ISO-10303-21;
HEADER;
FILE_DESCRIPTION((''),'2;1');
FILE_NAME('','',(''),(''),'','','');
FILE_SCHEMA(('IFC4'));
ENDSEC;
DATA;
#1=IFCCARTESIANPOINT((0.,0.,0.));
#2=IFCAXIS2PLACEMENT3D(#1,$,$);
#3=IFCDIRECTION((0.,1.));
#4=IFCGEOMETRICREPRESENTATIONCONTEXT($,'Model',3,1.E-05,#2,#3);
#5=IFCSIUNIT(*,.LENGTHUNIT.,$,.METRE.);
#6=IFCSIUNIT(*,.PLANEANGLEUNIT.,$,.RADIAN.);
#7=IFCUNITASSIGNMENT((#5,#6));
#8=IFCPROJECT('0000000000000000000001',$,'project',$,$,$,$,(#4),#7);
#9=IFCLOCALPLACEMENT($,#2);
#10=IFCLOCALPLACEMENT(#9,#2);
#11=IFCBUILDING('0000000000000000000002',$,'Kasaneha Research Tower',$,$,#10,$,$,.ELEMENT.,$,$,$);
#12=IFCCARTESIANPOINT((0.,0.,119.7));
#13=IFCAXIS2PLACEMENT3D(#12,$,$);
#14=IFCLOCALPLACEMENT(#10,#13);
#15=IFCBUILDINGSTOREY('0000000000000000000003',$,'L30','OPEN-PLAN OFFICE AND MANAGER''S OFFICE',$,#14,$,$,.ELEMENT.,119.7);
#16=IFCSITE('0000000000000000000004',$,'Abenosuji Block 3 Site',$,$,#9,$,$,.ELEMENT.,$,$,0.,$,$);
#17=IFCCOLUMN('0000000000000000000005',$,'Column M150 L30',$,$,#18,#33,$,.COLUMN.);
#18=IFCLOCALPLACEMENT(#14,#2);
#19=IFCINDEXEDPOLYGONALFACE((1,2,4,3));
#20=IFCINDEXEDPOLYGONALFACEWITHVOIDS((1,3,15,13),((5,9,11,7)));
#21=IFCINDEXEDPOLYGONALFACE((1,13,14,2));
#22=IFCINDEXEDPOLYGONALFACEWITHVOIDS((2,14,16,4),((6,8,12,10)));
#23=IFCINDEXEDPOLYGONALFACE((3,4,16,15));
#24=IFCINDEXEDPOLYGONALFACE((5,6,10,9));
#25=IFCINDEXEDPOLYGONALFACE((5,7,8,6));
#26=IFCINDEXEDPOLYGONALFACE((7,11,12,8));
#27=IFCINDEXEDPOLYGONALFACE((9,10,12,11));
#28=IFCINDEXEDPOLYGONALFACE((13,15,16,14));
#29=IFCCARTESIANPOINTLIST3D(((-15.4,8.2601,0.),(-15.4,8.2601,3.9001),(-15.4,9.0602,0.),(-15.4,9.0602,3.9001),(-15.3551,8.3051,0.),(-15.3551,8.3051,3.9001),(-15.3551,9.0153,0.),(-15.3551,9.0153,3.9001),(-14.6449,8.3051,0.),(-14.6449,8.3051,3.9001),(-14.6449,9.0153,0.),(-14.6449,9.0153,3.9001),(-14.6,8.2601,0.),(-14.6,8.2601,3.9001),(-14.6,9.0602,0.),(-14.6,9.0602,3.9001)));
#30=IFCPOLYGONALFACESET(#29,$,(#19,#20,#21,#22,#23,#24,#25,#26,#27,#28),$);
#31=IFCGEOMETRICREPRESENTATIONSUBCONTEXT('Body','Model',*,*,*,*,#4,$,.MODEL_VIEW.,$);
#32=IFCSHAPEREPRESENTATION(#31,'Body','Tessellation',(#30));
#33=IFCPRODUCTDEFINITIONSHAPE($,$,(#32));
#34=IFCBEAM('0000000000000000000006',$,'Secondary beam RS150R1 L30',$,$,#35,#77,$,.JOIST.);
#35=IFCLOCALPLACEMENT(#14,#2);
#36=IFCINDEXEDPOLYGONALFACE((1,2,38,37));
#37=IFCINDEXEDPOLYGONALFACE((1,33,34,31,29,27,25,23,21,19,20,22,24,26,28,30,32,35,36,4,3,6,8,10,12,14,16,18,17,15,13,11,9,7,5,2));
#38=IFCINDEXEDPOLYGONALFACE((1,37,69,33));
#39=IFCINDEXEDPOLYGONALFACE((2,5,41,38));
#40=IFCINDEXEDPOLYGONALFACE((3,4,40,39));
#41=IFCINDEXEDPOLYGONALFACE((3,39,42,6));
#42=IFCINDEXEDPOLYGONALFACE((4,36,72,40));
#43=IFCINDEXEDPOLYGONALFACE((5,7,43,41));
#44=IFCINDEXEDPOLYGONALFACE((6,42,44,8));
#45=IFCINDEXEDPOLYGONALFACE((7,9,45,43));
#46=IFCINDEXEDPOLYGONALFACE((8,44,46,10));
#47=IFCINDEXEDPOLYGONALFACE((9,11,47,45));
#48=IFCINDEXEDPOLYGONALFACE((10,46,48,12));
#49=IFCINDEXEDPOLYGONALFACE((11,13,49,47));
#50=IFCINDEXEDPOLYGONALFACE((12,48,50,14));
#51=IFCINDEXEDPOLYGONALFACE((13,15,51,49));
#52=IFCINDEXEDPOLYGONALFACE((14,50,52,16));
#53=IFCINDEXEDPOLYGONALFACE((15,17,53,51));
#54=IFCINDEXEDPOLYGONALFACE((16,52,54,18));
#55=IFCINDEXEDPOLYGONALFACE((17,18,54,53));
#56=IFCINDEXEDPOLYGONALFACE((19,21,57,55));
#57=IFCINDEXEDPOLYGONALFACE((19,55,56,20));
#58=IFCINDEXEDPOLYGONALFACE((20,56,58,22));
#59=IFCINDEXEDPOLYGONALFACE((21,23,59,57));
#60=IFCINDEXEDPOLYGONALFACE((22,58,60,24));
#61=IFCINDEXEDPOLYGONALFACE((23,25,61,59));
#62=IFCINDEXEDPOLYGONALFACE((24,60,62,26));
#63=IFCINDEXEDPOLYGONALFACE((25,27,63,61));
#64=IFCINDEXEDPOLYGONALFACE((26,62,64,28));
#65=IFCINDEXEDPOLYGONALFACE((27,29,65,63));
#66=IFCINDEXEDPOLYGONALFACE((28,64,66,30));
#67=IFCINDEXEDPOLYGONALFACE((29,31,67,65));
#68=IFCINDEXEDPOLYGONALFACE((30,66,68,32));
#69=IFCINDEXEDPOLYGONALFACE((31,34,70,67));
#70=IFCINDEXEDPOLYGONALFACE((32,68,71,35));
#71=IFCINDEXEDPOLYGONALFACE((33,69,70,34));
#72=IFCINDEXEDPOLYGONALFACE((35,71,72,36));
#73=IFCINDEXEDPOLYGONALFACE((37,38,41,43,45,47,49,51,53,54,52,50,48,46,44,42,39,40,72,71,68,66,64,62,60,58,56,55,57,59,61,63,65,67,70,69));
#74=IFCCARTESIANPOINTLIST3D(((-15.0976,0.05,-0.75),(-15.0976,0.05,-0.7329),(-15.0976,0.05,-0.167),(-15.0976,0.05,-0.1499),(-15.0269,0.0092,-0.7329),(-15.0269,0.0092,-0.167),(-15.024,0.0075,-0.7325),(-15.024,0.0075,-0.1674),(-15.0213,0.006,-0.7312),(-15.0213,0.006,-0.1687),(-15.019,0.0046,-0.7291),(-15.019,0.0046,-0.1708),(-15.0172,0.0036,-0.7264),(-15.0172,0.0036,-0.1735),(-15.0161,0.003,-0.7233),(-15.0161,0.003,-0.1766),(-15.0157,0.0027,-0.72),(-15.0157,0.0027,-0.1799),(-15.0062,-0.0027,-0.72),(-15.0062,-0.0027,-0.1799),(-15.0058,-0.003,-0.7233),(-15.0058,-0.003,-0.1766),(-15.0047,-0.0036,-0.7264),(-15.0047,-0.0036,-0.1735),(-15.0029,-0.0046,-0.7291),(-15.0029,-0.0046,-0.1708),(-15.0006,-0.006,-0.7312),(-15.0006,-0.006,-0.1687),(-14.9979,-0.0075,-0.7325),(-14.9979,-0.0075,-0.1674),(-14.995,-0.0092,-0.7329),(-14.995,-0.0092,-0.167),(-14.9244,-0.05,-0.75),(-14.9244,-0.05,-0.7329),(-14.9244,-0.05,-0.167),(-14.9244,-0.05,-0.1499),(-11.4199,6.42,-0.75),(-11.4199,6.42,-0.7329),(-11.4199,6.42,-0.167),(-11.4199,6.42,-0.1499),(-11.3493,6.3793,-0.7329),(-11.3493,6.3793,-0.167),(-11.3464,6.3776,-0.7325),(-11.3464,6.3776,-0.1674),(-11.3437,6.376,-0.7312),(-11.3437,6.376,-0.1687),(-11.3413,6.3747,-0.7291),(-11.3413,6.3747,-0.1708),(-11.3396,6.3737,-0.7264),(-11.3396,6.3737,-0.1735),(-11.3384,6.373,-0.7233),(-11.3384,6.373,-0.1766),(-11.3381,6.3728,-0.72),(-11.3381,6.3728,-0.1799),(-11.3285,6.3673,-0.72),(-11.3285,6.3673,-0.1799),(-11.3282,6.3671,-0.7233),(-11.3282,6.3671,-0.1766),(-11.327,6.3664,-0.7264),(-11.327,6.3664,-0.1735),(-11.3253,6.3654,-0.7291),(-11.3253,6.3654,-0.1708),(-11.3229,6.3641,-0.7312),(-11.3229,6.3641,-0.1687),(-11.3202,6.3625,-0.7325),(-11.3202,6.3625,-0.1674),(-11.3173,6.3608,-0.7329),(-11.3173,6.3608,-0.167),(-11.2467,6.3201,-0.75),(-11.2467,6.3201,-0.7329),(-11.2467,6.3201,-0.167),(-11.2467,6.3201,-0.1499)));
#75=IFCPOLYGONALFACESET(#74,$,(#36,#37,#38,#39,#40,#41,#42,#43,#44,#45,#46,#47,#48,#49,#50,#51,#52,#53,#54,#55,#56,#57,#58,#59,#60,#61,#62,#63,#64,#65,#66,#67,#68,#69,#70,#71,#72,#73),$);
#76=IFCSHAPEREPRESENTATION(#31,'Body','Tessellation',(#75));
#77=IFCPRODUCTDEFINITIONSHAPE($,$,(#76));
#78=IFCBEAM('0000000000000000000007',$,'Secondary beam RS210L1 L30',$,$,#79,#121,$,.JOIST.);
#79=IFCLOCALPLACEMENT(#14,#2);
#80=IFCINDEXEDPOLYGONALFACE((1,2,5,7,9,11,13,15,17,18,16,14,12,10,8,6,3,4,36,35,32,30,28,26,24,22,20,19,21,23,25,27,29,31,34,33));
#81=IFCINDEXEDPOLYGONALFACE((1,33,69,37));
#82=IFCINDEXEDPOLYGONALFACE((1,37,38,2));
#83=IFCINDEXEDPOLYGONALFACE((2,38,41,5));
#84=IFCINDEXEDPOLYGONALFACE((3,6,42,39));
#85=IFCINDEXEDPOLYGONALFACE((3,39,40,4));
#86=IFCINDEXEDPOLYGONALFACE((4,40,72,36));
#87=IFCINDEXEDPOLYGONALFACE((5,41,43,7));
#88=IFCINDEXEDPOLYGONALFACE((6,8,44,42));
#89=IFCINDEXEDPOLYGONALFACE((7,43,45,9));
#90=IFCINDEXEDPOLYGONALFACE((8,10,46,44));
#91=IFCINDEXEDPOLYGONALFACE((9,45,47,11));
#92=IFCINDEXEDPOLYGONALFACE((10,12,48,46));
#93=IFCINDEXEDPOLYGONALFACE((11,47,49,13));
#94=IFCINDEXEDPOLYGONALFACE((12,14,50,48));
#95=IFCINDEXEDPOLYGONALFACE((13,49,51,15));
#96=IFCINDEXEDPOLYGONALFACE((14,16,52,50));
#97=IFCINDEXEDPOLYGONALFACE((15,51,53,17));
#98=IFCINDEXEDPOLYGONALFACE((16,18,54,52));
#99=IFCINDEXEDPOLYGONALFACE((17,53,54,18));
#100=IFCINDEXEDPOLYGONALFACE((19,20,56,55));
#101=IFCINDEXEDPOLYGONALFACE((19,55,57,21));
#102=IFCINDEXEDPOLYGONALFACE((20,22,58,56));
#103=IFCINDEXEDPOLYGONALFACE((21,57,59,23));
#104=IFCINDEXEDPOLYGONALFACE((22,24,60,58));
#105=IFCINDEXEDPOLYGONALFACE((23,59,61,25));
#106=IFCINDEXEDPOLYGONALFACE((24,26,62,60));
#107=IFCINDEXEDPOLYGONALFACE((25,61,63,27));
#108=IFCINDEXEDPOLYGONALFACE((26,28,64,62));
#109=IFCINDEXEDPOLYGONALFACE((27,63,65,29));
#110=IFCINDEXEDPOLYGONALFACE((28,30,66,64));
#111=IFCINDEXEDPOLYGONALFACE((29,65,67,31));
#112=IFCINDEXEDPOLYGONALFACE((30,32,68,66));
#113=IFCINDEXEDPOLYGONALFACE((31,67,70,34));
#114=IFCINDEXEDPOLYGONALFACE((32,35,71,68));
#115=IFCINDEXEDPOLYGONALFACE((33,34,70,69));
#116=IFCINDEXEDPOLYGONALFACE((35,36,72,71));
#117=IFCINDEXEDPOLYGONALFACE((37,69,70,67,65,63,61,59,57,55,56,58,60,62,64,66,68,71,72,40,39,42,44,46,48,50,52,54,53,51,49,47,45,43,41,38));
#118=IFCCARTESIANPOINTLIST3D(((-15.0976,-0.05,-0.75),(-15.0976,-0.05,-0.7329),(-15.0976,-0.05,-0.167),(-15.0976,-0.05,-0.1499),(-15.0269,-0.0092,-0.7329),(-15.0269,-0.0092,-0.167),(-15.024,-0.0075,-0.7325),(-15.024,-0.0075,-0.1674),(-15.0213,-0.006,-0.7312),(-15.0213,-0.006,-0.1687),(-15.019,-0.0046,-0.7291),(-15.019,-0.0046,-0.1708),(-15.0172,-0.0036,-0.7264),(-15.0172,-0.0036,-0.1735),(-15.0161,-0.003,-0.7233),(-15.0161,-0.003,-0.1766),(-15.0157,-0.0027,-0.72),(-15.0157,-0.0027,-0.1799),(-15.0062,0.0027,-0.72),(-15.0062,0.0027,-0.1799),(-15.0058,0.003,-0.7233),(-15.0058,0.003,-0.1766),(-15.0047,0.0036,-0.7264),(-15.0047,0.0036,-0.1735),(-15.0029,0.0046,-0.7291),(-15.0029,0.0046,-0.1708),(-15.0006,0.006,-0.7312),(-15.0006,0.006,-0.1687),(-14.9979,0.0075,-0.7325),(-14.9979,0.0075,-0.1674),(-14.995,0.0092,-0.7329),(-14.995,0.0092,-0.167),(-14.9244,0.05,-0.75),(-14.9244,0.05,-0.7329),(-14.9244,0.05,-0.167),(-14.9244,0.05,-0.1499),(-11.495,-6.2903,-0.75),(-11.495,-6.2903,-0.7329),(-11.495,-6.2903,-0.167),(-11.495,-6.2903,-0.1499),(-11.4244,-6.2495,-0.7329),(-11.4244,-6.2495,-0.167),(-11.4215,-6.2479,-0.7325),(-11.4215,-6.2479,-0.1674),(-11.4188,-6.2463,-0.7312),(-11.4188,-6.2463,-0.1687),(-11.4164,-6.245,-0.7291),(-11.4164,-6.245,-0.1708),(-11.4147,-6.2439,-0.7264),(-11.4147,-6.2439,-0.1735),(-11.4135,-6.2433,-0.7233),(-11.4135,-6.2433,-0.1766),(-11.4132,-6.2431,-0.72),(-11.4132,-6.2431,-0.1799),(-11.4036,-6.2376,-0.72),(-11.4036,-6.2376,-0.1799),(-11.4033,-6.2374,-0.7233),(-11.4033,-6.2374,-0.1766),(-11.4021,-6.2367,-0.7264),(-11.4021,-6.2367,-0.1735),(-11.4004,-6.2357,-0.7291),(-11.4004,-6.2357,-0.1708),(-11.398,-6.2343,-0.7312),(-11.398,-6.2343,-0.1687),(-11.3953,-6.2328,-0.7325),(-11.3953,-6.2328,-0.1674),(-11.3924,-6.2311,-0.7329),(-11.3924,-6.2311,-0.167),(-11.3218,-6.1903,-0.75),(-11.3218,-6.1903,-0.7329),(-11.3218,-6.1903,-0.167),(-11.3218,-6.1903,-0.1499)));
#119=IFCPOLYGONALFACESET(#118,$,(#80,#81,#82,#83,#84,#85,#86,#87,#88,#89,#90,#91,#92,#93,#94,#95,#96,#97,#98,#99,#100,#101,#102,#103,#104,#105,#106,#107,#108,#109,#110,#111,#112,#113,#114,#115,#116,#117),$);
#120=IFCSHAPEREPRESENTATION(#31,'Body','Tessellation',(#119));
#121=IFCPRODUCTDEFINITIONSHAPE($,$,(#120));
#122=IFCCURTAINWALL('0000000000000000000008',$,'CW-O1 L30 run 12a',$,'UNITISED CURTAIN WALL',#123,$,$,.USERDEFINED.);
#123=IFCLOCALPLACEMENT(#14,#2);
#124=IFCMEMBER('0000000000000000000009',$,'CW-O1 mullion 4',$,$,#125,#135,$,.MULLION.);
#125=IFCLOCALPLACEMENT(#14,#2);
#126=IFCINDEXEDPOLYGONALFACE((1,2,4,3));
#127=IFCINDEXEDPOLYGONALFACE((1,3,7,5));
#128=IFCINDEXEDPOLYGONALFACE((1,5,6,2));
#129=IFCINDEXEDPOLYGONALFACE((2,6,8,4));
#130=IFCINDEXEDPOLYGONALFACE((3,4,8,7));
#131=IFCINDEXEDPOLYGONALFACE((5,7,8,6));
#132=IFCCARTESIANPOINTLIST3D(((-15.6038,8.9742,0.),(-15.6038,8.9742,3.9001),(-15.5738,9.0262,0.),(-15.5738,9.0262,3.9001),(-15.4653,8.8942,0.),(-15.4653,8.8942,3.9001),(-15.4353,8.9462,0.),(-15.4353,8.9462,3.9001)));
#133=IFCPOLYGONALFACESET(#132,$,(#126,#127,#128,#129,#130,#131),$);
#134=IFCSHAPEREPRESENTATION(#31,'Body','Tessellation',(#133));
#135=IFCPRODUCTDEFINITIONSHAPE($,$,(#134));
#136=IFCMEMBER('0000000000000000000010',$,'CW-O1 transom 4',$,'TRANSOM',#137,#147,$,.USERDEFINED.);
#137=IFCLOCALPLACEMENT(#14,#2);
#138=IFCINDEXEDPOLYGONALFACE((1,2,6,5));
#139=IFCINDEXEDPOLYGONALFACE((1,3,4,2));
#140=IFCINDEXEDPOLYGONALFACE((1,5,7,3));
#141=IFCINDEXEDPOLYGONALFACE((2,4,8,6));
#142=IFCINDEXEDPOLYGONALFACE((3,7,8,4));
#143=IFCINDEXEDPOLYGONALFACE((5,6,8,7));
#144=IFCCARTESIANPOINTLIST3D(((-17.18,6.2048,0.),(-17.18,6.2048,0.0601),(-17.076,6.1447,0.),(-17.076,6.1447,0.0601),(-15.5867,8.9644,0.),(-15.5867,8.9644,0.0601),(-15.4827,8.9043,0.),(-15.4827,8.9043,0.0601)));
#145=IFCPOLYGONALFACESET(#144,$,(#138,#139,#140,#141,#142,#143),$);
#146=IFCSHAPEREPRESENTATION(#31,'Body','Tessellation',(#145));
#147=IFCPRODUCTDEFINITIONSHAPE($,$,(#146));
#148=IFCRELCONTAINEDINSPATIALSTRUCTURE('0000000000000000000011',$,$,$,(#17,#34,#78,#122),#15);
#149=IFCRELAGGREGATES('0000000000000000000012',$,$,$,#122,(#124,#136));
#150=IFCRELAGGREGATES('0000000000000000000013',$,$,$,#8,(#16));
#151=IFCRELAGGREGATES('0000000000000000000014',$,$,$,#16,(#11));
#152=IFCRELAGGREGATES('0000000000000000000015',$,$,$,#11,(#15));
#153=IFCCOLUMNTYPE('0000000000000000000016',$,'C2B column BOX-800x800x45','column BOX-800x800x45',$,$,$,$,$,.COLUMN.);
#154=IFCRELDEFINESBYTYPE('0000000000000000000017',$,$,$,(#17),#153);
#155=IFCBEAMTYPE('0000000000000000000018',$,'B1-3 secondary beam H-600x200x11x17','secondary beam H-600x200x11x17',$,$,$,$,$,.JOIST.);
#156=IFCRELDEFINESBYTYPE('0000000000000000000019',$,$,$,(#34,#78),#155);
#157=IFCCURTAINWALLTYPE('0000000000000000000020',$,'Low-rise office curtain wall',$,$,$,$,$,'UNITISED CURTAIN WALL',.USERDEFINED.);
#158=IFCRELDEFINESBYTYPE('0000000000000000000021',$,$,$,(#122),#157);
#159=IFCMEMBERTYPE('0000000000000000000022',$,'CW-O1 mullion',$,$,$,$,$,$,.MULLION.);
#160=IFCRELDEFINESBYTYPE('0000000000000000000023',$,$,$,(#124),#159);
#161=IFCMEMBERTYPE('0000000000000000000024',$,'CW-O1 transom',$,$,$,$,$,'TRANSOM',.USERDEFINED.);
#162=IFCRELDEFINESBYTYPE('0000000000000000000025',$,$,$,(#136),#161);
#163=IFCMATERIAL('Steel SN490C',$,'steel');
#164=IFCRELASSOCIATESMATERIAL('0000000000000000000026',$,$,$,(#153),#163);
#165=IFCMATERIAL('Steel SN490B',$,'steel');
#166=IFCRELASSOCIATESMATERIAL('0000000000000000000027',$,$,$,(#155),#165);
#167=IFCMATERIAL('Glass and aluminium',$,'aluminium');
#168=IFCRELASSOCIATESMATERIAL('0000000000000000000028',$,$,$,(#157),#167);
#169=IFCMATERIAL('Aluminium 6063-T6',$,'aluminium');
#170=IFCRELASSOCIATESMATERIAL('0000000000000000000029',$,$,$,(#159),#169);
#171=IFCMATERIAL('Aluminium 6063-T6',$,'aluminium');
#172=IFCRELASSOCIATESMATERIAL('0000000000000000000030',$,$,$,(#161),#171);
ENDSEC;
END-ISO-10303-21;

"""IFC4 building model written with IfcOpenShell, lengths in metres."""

from ifc_helpers import new_model, si_unit, direction, frame, origin, origin_2d, place, context, subcontext, project, spatial, rectangle, hollow_rectangle, i_section, extrude, material, material_profile, profile_set, type_object, element, aggregate, save


model = new_model("IFC4")

# Units and contexts
model_context = context("Model", 3, precision=1e-05, world=origin(), true_north=direction((0.0, 1.0)))
body_context = subcontext(model_context, "Body", "Model", "MODEL_VIEW")
ifc_project = project(units=[si_unit("LENGTHUNIT", "METRE"), si_unit("PLANEANGLEUNIT", "RADIAN")], contexts=[model_context])

# Site, building, storey
site_placement = place(None, origin())
site = spatial("IfcSite", under=ifc_project, at=site_placement, Name="Abenosuji Block 3 Site", CompositionType="ELEMENT", RefElevation=0.0)
building_placement = place(site_placement, origin())
building = spatial("IfcBuilding", under=site, at=building_placement, Name="Kasaneha Research Tower", CompositionType="ELEMENT")
storey_placement = place(building_placement, frame((0.0, 0.0, 119.7)))
storey = spatial("IfcBuildingStorey", under=building, at=storey_placement, Name="L30", Description="OPEN-PLAN OFFICE AND MANAGER'S OFFICE", CompositionType="ELEMENT", Elevation=119.7)

# Column
ifc_material_1 = material(Name="Steel SN490C", Category="steel")
ifc_material_profile_1 = material_profile(ifc_material_1, hollow_rectangle(XDim=0.8, YDim=0.8, WallThickness=0.0449, at=origin_2d()), Name="BOX-800x800x45")
ifc_profile_set_1 = profile_set([ifc_material_profile_1], Name="Steel SN490C")
column_type = type_object("IfcColumnType", Name="C2B column BOX-800x800x45", Description="column BOX-800x800x45", PredefinedType="COLUMN", material=ifc_profile_set_1)
column_placement = place(storey_placement, frame((-15.0, 8.6602, 0.0), z_axis=(0.0, 0.0, 1.0), x_axis=(1.0, 0.0, 0.0)))
element("IfcColumn", 1, at=column_placement, inside=storey, type_object=column_type, Name="Column M150 L30", PredefinedType="COLUMN", context=body_context, shape_type="SweptSolid", body=[
    extrude(hollow_rectangle(XDim=0.8, YDim=0.8, WallThickness=0.0449, at=origin_2d()), origin(), (0.0, 0.0, 1.0), 3.9001),
])

# Beams
ifc_material_2 = material(Name="Steel SN490B", Category="steel")
ifc_material_profile_2 = material_profile(ifc_material_2, i_section(OverallWidth=0.2, OverallDepth=0.6001, WebThickness=0.011, FlangeThickness=0.0171, FilletRadius=0.0129, at=origin_2d()), Name="H-600x200x11x17")
ifc_profile_set_2 = profile_set([ifc_material_profile_2], Name="Steel SN490B")
beam_type_1 = type_object("IfcBeamType", Name="B1-3 secondary beam H-600x200x11x17", Description="secondary beam H-600x200x11x17", PredefinedType="JOIST", material=ifc_profile_set_2)
beam_1_placement = place(storey_placement, frame((-15.011, 0.0, -0.45), z_axis=(0.499994, 0.866029, 0.0), x_axis=(-0.866029, 0.499994, 0.0)))
element("IfcBeam", 2, at=beam_1_placement, inside=storey, type_object=beam_type_1, Name="Secondary beam RS150R1 L30", PredefinedType="JOIST", context=body_context, shape_type="SweptSolid", body=[
    extrude(i_section(OverallWidth=0.2, OverallDepth=0.6001, WebThickness=0.011, FlangeThickness=0.0171, FilletRadius=0.0129, at=origin_2d()), origin(), (0.0, 0.0, 1.0), 7.3555),
])
beam_2_placement = place(storey_placement, frame((-15.011, 0.0, -0.45), z_axis=(0.499973, -0.866041, 0.0), x_axis=(0.866041, 0.499973, 0.0)))
element("IfcBeam", 3, at=beam_2_placement, inside=storey, type_object=beam_type_1, Name="Secondary beam RS210L1 L30", PredefinedType="JOIST", context=body_context, shape_type="SweptSolid", body=[
    extrude(i_section(OverallWidth=0.2, OverallDepth=0.6001, WebThickness=0.011, FlangeThickness=0.0171, FilletRadius=0.0129, at=origin_2d()), origin(), (0.0, 0.0, 1.0), 7.2056),
])

# Curtain wall, members
ifc_material_3 = material(Name="Glass and aluminium", Category="aluminium")
curtain_wall_type = type_object("IfcCurtainWallType", Name="Low-rise office curtain wall", ElementType="UNITISED CURTAIN WALL", PredefinedType="USERDEFINED", material=ifc_material_3)
curtain_wall_placement = place(storey_placement, origin())
curtain_wall = element("IfcCurtainWall", 4, at=curtain_wall_placement, inside=storey, type_object=curtain_wall_type, Name="CW-O1 L30 run 12a", ObjectType="UNITISED CURTAIN WALL", PredefinedType="USERDEFINED")
ifc_material_4 = material(Name="Aluminium 6063-T6", Category="aluminium")
ifc_material_profile_3 = material_profile(ifc_material_4, rectangle(XDim=0.0601, YDim=0.1599, at=origin_2d()), Name="CW-O1 mullion 60x160")
ifc_profile_set_3 = profile_set([ifc_material_profile_3], Name="Aluminium 6063-T6")
member_type_1 = type_object("IfcMemberType", Name="CW-O1 mullion", PredefinedType="MULLION", material=ifc_profile_set_3)
member_1_placement = place(storey_placement, frame((-15.5195, 8.9602, 0.0), z_axis=(0.0, 0.0, 1.0), x_axis=(-0.5, -0.866025, 0.0)))
member_1 = element("IfcMember", 5, at=member_1_placement, type_object=member_type_1, Name="CW-O1 mullion 4", PredefinedType="MULLION", context=body_context, shape_type="SweptSolid", body=[
    extrude(rectangle(XDim=0.0601, YDim=0.1599, at=origin_2d()), origin(), (0.0, 0.0, 1.0), 3.9001),
])
ifc_material_5 = material(Name="Aluminium 6063-T6", Category="aluminium")
ifc_material_profile_4 = material_profile(ifc_material_5, rectangle(XDim=0.1201, YDim=0.0601, at=origin_2d()), Name="CW-O1 transom 120x60")
ifc_profile_set_4 = profile_set([ifc_material_profile_4], Name="Aluminium 6063-T6")
member_type_2 = type_object("IfcMemberType", Name="CW-O1 transom", ElementType="TRANSOM", PredefinedType="USERDEFINED", material=ifc_profile_set_4)
member_2_placement = place(storey_placement, frame((-15.5347, 8.9343, 0.03), z_axis=(-0.500012, -0.866018, 0.0), x_axis=(0.866018, -0.500012, 0.0)))
member_2 = element("IfcMember", 6, at=member_2_placement, type_object=member_type_2, Name="CW-O1 transom 4", ObjectType="TRANSOM", PredefinedType="USERDEFINED", context=body_context, shape_type="SweptSolid", body=[
    extrude(rectangle(XDim=0.1201, YDim=0.0601, at=origin_2d()), origin(), (0.0, 0.0, 1.0), 3.1865),
])

aggregate(curtain_wall, [member_1, member_2])

save(model, "model.ifc")
